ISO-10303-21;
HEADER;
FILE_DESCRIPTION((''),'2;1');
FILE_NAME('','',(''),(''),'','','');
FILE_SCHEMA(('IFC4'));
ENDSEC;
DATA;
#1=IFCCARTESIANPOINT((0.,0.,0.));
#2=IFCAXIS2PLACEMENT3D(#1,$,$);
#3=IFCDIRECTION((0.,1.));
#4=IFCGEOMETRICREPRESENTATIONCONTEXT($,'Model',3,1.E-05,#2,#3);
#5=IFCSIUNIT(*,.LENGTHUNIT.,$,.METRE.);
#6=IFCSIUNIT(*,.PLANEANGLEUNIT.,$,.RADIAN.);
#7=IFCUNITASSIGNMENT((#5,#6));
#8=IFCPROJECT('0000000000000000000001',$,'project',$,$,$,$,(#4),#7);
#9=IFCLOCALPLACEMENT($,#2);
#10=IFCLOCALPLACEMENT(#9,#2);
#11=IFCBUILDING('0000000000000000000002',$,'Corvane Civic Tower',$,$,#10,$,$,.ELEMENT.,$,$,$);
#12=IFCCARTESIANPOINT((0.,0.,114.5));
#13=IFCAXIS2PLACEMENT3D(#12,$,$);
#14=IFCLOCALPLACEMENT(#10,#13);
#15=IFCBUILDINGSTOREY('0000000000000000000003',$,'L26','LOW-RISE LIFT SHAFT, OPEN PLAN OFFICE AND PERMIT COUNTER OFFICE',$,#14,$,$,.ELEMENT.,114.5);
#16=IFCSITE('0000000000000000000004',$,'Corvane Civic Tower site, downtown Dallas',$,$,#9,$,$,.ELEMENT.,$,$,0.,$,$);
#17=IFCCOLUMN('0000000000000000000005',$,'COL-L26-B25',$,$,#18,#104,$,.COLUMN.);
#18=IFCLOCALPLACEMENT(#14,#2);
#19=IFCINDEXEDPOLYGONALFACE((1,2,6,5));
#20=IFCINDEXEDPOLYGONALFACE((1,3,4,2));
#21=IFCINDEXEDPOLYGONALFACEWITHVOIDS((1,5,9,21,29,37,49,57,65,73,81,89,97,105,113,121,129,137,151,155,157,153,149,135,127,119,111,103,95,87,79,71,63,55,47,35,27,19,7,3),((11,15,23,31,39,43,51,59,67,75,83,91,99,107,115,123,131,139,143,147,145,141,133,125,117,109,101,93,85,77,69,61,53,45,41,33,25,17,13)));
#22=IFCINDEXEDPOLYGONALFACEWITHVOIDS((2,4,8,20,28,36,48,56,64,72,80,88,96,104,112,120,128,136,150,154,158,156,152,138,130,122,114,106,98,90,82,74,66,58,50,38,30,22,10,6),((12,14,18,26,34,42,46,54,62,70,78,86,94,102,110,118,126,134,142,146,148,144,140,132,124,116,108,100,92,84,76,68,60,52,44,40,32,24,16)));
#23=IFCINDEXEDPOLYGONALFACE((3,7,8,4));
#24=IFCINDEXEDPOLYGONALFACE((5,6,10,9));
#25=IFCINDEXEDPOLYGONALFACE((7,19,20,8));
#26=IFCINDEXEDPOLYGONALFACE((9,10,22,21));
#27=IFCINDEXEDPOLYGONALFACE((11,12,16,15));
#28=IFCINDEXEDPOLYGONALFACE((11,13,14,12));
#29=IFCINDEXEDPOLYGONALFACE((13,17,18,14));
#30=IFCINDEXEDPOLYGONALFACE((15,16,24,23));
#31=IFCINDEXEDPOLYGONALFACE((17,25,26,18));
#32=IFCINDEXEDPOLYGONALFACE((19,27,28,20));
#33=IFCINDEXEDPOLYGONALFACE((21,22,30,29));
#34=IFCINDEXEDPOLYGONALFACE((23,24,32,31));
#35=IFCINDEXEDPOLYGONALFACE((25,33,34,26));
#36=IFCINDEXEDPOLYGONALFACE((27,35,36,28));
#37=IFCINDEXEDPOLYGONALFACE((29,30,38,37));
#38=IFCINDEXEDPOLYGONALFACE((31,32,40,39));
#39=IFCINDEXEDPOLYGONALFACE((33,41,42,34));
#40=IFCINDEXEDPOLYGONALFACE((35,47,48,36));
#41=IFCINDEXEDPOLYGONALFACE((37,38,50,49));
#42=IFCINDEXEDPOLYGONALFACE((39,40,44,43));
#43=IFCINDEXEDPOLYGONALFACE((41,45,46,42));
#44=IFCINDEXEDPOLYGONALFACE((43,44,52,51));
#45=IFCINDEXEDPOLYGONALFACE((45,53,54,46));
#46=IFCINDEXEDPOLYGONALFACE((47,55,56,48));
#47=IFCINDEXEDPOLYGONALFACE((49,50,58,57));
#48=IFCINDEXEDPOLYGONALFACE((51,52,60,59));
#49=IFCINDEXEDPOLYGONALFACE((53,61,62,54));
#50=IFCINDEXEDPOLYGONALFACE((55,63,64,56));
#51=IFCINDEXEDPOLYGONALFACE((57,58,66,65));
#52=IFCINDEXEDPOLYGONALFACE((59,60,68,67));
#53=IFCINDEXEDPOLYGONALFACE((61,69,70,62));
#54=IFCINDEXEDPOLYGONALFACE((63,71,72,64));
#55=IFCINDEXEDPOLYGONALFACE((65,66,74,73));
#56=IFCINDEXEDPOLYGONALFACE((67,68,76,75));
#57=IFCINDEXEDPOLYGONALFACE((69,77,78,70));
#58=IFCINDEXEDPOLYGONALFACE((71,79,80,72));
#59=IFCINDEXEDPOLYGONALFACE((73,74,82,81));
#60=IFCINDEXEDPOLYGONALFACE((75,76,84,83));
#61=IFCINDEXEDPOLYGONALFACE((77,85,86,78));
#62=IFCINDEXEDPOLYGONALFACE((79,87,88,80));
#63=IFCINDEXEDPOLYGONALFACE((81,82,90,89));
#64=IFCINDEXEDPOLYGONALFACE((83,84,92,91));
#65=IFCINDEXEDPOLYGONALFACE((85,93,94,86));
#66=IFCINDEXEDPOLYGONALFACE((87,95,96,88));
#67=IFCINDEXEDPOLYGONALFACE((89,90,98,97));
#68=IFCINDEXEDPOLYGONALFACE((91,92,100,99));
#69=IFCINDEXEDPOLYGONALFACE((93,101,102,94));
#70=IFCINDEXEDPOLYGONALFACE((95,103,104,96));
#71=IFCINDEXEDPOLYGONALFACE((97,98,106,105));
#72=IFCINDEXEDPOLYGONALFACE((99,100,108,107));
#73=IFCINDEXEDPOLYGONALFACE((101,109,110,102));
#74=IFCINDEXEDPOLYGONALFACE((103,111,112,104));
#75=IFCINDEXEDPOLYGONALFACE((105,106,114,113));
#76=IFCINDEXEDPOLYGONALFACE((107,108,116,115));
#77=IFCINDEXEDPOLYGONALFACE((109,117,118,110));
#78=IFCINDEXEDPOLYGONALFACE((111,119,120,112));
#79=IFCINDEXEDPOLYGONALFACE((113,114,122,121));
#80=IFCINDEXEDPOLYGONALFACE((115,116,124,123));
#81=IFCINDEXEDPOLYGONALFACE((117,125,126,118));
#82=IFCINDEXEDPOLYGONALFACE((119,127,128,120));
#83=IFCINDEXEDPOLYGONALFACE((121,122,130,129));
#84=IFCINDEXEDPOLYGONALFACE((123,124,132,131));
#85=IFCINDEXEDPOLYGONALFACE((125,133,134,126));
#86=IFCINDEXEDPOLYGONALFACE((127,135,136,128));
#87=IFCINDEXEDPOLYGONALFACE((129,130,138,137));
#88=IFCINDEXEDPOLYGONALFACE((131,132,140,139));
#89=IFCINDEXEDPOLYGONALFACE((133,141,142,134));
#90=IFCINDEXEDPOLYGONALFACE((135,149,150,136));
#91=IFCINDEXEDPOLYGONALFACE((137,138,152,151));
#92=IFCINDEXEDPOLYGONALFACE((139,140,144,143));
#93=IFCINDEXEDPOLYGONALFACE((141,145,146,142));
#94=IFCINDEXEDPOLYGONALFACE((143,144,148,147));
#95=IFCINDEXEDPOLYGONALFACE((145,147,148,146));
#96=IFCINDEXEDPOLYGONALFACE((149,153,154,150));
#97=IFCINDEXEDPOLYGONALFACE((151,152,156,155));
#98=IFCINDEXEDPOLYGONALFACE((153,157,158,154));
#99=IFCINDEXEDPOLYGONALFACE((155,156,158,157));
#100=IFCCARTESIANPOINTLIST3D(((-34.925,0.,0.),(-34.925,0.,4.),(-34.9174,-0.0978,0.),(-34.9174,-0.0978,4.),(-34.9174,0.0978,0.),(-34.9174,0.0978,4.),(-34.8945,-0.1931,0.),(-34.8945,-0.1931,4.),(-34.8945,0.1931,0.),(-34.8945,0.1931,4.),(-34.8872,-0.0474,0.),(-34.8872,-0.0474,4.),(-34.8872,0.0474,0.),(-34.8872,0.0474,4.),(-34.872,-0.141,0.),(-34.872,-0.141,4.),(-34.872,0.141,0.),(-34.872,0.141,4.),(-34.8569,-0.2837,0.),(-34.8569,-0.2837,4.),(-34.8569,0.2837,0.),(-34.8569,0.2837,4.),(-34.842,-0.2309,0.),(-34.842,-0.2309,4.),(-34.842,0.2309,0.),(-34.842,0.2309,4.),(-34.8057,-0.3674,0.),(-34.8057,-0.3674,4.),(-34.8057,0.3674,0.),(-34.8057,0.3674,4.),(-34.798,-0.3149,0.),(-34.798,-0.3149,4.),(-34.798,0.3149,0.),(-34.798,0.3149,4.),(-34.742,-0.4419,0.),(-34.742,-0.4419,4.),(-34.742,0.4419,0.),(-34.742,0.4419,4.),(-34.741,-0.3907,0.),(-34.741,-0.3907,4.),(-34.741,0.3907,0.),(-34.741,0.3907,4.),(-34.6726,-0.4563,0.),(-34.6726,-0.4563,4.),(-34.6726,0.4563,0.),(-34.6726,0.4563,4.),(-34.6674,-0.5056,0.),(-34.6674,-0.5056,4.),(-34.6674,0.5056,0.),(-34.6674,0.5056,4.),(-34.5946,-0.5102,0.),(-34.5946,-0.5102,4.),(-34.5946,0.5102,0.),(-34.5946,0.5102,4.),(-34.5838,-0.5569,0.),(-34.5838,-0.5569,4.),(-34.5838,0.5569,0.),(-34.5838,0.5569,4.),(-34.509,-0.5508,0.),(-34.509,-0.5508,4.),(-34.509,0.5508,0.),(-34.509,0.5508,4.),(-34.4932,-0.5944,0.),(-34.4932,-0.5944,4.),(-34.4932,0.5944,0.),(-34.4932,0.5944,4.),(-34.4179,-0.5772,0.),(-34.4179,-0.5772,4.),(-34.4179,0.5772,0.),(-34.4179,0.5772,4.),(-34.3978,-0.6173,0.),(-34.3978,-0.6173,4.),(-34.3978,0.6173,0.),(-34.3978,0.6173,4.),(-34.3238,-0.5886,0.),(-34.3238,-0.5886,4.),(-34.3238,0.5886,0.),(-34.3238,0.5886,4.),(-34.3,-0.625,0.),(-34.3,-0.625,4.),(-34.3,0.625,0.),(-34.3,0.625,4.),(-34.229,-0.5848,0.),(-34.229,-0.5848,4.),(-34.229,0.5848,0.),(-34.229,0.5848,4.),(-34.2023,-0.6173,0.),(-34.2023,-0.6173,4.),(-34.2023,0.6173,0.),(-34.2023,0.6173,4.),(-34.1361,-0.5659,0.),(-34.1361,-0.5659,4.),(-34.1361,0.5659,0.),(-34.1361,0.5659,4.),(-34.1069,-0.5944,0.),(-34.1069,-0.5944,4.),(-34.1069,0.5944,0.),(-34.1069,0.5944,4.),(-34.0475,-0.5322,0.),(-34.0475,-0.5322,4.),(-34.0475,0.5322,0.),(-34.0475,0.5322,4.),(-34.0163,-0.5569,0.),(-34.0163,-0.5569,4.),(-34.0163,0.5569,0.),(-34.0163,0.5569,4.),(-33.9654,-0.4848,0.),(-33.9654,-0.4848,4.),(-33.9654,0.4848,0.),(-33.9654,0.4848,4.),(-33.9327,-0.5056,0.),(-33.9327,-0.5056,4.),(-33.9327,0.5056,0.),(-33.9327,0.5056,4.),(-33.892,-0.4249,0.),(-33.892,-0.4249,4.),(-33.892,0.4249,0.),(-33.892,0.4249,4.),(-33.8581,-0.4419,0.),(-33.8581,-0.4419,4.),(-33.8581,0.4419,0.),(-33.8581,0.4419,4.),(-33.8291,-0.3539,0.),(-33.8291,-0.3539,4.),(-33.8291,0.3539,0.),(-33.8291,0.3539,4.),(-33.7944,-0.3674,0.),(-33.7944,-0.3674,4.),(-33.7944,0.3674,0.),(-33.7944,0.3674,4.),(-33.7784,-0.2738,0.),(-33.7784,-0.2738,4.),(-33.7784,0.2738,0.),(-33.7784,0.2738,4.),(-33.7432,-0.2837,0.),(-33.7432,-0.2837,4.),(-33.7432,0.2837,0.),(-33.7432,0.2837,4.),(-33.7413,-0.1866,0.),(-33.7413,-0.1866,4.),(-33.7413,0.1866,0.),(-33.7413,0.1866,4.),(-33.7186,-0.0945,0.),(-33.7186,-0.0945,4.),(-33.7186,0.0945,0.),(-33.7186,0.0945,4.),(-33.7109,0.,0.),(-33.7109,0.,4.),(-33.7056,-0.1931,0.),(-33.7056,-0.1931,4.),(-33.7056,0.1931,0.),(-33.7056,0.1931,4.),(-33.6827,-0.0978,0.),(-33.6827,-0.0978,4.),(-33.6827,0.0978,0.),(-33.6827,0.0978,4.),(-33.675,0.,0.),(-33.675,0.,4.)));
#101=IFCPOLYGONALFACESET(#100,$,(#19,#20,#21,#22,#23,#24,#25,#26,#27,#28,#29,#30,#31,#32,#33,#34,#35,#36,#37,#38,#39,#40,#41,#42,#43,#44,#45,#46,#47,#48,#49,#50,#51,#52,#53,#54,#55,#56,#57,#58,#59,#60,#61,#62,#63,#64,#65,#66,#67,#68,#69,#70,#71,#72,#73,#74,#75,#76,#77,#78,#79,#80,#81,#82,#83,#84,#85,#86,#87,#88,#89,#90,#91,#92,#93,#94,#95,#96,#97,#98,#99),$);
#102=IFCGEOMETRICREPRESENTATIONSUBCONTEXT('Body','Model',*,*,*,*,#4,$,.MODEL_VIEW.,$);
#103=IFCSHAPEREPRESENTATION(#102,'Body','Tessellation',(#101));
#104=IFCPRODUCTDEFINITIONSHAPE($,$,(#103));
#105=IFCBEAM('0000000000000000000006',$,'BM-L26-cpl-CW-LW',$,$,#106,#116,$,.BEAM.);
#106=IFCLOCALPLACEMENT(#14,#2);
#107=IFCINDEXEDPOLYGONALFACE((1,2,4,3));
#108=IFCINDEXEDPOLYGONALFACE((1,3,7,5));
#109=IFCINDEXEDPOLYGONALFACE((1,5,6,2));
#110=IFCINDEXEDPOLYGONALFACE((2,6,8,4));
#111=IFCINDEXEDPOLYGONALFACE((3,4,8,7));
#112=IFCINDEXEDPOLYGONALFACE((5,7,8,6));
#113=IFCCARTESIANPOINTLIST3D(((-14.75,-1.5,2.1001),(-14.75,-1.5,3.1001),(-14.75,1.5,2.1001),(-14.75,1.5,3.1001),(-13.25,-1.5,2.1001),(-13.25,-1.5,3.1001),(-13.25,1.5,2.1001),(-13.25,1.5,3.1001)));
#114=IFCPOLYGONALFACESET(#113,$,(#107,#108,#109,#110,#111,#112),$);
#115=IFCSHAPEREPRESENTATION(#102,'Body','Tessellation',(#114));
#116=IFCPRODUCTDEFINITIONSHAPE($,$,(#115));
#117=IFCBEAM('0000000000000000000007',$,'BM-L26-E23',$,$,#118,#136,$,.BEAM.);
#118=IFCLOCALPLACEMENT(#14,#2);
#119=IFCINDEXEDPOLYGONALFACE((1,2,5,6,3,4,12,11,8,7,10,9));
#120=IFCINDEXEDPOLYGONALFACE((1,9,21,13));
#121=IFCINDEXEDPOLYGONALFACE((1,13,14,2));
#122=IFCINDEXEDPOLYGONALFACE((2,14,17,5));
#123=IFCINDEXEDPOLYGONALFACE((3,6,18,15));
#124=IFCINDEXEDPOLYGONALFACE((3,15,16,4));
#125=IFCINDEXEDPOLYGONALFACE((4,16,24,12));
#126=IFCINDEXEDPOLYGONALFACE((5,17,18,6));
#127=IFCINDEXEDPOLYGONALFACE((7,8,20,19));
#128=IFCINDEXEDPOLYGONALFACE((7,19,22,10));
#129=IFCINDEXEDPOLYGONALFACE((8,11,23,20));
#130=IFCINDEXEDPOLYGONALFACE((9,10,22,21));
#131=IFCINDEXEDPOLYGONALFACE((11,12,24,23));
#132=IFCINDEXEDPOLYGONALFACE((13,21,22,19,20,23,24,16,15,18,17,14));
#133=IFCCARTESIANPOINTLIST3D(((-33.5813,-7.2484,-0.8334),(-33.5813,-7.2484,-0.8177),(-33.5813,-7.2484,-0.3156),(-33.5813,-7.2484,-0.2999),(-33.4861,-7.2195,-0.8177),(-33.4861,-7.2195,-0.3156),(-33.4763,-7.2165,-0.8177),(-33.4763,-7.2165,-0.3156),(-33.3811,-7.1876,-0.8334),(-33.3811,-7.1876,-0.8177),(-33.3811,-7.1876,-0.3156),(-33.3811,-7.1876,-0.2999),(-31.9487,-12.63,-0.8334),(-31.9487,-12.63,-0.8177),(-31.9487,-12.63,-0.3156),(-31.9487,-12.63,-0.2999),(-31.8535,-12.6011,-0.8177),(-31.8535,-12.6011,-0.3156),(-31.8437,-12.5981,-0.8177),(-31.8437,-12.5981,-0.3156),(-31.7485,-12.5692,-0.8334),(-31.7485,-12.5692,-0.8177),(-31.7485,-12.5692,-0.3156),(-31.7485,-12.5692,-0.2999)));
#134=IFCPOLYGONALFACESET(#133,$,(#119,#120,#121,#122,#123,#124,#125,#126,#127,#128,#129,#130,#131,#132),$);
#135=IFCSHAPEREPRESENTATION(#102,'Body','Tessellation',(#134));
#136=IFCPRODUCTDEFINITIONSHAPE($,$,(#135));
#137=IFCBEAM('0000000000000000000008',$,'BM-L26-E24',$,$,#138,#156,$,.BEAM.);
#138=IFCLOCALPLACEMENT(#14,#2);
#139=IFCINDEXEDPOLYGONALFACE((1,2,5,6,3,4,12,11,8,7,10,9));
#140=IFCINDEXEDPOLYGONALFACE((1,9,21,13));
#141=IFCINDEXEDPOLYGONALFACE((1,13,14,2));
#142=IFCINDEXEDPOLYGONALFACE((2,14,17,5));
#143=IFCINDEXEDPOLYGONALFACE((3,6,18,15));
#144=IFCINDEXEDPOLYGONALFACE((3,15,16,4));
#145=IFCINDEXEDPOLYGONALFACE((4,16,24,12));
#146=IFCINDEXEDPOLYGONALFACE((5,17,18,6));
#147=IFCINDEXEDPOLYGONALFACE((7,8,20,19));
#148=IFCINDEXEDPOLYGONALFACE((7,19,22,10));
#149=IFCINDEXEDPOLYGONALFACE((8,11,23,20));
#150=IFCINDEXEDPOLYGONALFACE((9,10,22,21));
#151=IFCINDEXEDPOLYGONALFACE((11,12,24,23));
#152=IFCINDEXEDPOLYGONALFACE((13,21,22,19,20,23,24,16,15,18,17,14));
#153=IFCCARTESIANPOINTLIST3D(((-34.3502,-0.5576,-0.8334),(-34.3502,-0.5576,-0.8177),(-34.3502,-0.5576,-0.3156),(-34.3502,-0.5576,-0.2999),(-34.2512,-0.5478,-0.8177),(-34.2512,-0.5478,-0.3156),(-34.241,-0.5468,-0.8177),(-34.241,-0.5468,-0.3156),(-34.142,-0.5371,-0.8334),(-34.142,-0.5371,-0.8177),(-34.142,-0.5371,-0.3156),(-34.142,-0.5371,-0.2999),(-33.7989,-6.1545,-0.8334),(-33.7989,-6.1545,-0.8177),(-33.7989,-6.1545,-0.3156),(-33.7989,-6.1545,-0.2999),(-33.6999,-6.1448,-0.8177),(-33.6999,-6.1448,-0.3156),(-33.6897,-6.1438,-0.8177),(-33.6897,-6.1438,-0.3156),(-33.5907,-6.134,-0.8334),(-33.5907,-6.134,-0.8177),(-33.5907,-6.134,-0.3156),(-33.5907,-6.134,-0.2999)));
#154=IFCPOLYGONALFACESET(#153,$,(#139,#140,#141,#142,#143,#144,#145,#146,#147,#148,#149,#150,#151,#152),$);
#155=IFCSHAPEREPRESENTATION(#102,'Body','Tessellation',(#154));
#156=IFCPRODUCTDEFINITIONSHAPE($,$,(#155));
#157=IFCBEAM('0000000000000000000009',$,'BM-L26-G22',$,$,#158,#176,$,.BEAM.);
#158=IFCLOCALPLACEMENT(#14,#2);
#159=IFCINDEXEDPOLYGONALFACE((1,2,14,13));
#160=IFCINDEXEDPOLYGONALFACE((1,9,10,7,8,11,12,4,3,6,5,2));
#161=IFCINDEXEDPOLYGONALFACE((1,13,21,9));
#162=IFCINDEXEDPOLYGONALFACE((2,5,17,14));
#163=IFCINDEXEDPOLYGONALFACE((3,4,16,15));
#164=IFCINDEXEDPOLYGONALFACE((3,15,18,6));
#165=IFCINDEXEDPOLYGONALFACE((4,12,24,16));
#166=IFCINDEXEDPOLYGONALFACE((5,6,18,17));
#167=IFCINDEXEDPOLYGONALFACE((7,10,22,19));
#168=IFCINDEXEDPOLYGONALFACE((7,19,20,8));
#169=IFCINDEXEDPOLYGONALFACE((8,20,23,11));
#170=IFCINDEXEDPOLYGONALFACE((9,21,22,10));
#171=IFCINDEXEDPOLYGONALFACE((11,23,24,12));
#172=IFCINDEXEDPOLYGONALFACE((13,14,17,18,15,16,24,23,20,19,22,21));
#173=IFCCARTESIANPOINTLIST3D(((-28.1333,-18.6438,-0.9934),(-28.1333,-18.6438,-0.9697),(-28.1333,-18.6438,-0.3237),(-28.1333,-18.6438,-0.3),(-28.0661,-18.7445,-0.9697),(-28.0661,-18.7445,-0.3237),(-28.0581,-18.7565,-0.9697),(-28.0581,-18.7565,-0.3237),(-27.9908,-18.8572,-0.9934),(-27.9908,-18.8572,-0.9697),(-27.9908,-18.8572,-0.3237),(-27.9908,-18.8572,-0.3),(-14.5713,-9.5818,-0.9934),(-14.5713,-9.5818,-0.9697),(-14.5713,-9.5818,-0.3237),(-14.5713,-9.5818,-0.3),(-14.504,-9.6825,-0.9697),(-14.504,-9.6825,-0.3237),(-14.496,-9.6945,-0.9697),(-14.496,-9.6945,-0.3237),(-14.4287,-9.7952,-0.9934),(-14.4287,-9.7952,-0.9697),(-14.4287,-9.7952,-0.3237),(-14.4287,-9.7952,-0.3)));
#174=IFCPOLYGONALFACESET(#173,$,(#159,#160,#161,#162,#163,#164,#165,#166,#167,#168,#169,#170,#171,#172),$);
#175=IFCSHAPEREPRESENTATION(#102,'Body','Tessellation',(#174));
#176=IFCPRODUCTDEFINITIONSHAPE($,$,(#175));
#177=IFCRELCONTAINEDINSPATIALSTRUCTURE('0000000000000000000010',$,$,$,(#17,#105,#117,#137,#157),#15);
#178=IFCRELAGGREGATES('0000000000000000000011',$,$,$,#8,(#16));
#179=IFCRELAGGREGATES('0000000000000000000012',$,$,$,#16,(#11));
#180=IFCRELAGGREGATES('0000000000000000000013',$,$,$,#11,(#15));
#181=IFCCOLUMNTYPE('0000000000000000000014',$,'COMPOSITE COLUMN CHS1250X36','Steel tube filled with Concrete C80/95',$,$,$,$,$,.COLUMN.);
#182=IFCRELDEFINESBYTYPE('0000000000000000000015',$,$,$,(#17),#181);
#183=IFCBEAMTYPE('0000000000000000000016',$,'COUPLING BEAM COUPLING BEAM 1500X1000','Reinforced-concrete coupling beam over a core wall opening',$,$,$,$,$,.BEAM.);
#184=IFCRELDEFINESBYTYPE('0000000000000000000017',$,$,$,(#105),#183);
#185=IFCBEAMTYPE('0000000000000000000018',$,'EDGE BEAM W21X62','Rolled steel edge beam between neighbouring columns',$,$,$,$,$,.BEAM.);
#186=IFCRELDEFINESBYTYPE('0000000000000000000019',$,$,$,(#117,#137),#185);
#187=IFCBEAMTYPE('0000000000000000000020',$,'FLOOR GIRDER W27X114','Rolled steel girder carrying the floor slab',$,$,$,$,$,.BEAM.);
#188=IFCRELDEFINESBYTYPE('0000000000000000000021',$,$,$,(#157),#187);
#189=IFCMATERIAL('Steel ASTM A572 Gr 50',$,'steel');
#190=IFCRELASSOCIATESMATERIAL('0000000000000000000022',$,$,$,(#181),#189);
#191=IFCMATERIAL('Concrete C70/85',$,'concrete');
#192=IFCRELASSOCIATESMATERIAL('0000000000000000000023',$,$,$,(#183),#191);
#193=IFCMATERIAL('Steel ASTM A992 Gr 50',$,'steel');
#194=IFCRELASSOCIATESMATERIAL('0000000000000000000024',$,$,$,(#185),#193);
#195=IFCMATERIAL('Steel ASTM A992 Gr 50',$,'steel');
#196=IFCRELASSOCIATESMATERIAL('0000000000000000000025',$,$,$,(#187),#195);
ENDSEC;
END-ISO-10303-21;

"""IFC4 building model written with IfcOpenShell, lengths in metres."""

from ifc_helpers import new_model, si_unit, direction, frame, origin, origin_2d, place, context, subcontext, project, spatial, rectangle, hollow_circle, i_section, extrude, material, material_profile, profile_set, type_object, element, save


model = new_model("IFC4")

# Units and contexts
model_context = context("Model", 3, precision=1e-05, world=origin(), true_north=direction((0.0, 1.0)))
body_context = subcontext(model_context, "Body", "Model", "MODEL_VIEW")
ifc_project = project(units=[si_unit("LENGTHUNIT", "METRE"), si_unit("PLANEANGLEUNIT", "RADIAN")], contexts=[model_context])

# Site, building, storey
site_placement = place(None, origin())
site = spatial("IfcSite", under=ifc_project, at=site_placement, Name="Corvane Civic Tower site, downtown Dallas", CompositionType="ELEMENT", RefElevation=0.0)
building_placement = place(site_placement, origin())
building = spatial("IfcBuilding", under=site, at=building_placement, Name="Corvane Civic Tower", CompositionType="ELEMENT")
storey_placement = place(building_placement, frame((0.0, 0.0, 114.5)))
storey = spatial("IfcBuildingStorey", under=building, at=storey_placement, Name="L26", Description="LOW-RISE LIFT SHAFT, OPEN PLAN OFFICE AND PERMIT COUNTER OFFICE", CompositionType="ELEMENT", Elevation=114.5)

# Column
ifc_material_1 = material(Name="Steel ASTM A572 Gr 50", Category="steel")
ifc_material_profile_1 = material_profile(ifc_material_1, hollow_circle(Radius=0.625, WallThickness=0.0359, at=origin_2d()), Name="CHS1250X36")
ifc_profile_set_1 = profile_set([ifc_material_profile_1], Name="Steel ASTM A572 Gr 50")
column_type = type_object("IfcColumnType", Name="COMPOSITE COLUMN CHS1250X36", Description="Steel tube filled with Concrete C80/95", PredefinedType="COLUMN", material=ifc_profile_set_1)
for number, where, z_axis, x_axis, name in (
    (1, (-34.3, 0.0, 0.0), (0.0, 0.0, 1.0), (1.0, 0.0, 0.0), "COL-L26-B25"),
):
    element("IfcColumn", number, at=place(storey_placement, frame(where, z_axis=z_axis, x_axis=x_axis)), inside=storey, type_object=column_type, Name=name, PredefinedType="COLUMN", context=body_context, shape_type="SweptSolid", body=[
        extrude(hollow_circle(Radius=0.625, WallThickness=0.0359, at=origin_2d()), origin(), (0.0, 0.0, 1.0), 4.0),
    ])

# Beams
ifc_material_2 = material(Name="Concrete C70/85", Category="concrete")
ifc_material_profile_2 = material_profile(ifc_material_2, rectangle(XDim=1.5, YDim=1.0, at=origin_2d()), Name="COUPLING BEAM 1500X1000")
ifc_profile_set_2 = profile_set([ifc_material_profile_2], Name="Concrete C70/85")
beam_type_1 = type_object("IfcBeamType", Name="COUPLING BEAM COUPLING BEAM 1500X1000", Description="Reinforced-concrete coupling beam over a core wall opening", PredefinedType="BEAM", material=ifc_profile_set_2)
beam_1_placement = place(storey_placement, frame((-14.0, -1.5, 2.6001), z_axis=(0.0, 1.0, 0.0), x_axis=(-1.0, 0.0, 0.0)))
element("IfcBeam", 2, at=beam_1_placement, inside=storey, type_object=beam_type_1, Name="BM-L26-cpl-CW-LW", PredefinedType="BEAM", context=body_context, shape_type="SweptSolid", body=[
    extrude(rectangle(XDim=1.5, YDim=1.0, at=origin_2d()), origin(), (0.0, 0.0, 1.0), 3.0),
])
ifc_material_3 = material(Name="Steel ASTM A992 Gr 50", Category="steel")
ifc_material_profile_3 = material_profile(ifc_material_3, i_section(OverallWidth=0.2092, OverallDepth=0.5334, WebThickness=0.0103, FlangeThickness=0.0156, at=origin_2d()), Name="W21X62")
ifc_profile_set_3 = profile_set([ifc_material_profile_3], Name="Steel ASTM A992 Gr 50")
beam_type_2 = type_object("IfcBeamType", Name="EDGE BEAM W21X62", Description="Rolled steel edge beam between neighbouring columns", PredefinedType="BEAM", material=ifc_profile_set_3)
beam_2_placement = place(storey_placement, frame((-31.8486, -12.5996, -0.5667), z_axis=(-0.290298, 0.956936, 0.0), x_axis=(-0.956936, -0.290298, 0.0)))
element("IfcBeam", 3, at=beam_2_placement, inside=storey, type_object=beam_type_2, Name="BM-L26-E23", PredefinedType="BEAM", context=body_context, shape_type="SweptSolid", body=[
    extrude(i_section(OverallWidth=0.2092, OverallDepth=0.5334, WebThickness=0.0103, FlangeThickness=0.0156, at=origin_2d()), origin(), (0.0, 0.0, 1.0), 5.6238),
])
beam_3_placement = place(storey_placement, frame((-33.6948, -6.1443, -0.5667), z_axis=(-0.098021, 0.995184, 0.0), x_axis=(-0.995184, -0.098021, 0.0)))
element("IfcBeam", 4, at=beam_3_placement, inside=storey, type_object=beam_type_2, Name="BM-L26-E24", PredefinedType="BEAM", context=body_context, shape_type="SweptSolid", body=[
    extrude(i_section(OverallWidth=0.2092, OverallDepth=0.5334, WebThickness=0.0103, FlangeThickness=0.0156, at=origin_2d()), origin(), (0.0, 0.0, 1.0), 5.624),
])
ifc_material_4 = material(Name="Steel ASTM A992 Gr 50", Category="steel")
ifc_material_profile_4 = material_profile(ifc_material_4, i_section(OverallWidth=0.2566, OverallDepth=0.6934, WebThickness=0.0144, FlangeThickness=0.0237, at=origin_2d()), Name="W27X114")
ifc_profile_set_4 = profile_set([ifc_material_profile_4], Name="Steel ASTM A992 Gr 50")
beam_type_3 = type_object("IfcBeamType", Name="FLOOR GIRDER W27X114", Description="Rolled steel girder carrying the floor slab", PredefinedType="BEAM", material=ifc_profile_set_4)
beam_4_placement = place(storey_placement, frame((-14.5, -9.6885, -0.6467), z_axis=(-0.831465, -0.555577, 0.0), x_axis=(0.555577, -0.831465, 0.0)))
element("IfcBeam", 5, at=beam_4_placement, inside=storey, type_object=beam_type_3, Name="BM-L26-G22", PredefinedType="BEAM", context=body_context, shape_type="SweptSolid", body=[
    extrude(i_section(OverallWidth=0.2566, OverallDepth=0.6934, WebThickness=0.0144, FlangeThickness=0.0237, at=origin_2d()), origin(), (0.0, 0.0, 1.0), 16.311),
])

save(model, "model.ifc")
